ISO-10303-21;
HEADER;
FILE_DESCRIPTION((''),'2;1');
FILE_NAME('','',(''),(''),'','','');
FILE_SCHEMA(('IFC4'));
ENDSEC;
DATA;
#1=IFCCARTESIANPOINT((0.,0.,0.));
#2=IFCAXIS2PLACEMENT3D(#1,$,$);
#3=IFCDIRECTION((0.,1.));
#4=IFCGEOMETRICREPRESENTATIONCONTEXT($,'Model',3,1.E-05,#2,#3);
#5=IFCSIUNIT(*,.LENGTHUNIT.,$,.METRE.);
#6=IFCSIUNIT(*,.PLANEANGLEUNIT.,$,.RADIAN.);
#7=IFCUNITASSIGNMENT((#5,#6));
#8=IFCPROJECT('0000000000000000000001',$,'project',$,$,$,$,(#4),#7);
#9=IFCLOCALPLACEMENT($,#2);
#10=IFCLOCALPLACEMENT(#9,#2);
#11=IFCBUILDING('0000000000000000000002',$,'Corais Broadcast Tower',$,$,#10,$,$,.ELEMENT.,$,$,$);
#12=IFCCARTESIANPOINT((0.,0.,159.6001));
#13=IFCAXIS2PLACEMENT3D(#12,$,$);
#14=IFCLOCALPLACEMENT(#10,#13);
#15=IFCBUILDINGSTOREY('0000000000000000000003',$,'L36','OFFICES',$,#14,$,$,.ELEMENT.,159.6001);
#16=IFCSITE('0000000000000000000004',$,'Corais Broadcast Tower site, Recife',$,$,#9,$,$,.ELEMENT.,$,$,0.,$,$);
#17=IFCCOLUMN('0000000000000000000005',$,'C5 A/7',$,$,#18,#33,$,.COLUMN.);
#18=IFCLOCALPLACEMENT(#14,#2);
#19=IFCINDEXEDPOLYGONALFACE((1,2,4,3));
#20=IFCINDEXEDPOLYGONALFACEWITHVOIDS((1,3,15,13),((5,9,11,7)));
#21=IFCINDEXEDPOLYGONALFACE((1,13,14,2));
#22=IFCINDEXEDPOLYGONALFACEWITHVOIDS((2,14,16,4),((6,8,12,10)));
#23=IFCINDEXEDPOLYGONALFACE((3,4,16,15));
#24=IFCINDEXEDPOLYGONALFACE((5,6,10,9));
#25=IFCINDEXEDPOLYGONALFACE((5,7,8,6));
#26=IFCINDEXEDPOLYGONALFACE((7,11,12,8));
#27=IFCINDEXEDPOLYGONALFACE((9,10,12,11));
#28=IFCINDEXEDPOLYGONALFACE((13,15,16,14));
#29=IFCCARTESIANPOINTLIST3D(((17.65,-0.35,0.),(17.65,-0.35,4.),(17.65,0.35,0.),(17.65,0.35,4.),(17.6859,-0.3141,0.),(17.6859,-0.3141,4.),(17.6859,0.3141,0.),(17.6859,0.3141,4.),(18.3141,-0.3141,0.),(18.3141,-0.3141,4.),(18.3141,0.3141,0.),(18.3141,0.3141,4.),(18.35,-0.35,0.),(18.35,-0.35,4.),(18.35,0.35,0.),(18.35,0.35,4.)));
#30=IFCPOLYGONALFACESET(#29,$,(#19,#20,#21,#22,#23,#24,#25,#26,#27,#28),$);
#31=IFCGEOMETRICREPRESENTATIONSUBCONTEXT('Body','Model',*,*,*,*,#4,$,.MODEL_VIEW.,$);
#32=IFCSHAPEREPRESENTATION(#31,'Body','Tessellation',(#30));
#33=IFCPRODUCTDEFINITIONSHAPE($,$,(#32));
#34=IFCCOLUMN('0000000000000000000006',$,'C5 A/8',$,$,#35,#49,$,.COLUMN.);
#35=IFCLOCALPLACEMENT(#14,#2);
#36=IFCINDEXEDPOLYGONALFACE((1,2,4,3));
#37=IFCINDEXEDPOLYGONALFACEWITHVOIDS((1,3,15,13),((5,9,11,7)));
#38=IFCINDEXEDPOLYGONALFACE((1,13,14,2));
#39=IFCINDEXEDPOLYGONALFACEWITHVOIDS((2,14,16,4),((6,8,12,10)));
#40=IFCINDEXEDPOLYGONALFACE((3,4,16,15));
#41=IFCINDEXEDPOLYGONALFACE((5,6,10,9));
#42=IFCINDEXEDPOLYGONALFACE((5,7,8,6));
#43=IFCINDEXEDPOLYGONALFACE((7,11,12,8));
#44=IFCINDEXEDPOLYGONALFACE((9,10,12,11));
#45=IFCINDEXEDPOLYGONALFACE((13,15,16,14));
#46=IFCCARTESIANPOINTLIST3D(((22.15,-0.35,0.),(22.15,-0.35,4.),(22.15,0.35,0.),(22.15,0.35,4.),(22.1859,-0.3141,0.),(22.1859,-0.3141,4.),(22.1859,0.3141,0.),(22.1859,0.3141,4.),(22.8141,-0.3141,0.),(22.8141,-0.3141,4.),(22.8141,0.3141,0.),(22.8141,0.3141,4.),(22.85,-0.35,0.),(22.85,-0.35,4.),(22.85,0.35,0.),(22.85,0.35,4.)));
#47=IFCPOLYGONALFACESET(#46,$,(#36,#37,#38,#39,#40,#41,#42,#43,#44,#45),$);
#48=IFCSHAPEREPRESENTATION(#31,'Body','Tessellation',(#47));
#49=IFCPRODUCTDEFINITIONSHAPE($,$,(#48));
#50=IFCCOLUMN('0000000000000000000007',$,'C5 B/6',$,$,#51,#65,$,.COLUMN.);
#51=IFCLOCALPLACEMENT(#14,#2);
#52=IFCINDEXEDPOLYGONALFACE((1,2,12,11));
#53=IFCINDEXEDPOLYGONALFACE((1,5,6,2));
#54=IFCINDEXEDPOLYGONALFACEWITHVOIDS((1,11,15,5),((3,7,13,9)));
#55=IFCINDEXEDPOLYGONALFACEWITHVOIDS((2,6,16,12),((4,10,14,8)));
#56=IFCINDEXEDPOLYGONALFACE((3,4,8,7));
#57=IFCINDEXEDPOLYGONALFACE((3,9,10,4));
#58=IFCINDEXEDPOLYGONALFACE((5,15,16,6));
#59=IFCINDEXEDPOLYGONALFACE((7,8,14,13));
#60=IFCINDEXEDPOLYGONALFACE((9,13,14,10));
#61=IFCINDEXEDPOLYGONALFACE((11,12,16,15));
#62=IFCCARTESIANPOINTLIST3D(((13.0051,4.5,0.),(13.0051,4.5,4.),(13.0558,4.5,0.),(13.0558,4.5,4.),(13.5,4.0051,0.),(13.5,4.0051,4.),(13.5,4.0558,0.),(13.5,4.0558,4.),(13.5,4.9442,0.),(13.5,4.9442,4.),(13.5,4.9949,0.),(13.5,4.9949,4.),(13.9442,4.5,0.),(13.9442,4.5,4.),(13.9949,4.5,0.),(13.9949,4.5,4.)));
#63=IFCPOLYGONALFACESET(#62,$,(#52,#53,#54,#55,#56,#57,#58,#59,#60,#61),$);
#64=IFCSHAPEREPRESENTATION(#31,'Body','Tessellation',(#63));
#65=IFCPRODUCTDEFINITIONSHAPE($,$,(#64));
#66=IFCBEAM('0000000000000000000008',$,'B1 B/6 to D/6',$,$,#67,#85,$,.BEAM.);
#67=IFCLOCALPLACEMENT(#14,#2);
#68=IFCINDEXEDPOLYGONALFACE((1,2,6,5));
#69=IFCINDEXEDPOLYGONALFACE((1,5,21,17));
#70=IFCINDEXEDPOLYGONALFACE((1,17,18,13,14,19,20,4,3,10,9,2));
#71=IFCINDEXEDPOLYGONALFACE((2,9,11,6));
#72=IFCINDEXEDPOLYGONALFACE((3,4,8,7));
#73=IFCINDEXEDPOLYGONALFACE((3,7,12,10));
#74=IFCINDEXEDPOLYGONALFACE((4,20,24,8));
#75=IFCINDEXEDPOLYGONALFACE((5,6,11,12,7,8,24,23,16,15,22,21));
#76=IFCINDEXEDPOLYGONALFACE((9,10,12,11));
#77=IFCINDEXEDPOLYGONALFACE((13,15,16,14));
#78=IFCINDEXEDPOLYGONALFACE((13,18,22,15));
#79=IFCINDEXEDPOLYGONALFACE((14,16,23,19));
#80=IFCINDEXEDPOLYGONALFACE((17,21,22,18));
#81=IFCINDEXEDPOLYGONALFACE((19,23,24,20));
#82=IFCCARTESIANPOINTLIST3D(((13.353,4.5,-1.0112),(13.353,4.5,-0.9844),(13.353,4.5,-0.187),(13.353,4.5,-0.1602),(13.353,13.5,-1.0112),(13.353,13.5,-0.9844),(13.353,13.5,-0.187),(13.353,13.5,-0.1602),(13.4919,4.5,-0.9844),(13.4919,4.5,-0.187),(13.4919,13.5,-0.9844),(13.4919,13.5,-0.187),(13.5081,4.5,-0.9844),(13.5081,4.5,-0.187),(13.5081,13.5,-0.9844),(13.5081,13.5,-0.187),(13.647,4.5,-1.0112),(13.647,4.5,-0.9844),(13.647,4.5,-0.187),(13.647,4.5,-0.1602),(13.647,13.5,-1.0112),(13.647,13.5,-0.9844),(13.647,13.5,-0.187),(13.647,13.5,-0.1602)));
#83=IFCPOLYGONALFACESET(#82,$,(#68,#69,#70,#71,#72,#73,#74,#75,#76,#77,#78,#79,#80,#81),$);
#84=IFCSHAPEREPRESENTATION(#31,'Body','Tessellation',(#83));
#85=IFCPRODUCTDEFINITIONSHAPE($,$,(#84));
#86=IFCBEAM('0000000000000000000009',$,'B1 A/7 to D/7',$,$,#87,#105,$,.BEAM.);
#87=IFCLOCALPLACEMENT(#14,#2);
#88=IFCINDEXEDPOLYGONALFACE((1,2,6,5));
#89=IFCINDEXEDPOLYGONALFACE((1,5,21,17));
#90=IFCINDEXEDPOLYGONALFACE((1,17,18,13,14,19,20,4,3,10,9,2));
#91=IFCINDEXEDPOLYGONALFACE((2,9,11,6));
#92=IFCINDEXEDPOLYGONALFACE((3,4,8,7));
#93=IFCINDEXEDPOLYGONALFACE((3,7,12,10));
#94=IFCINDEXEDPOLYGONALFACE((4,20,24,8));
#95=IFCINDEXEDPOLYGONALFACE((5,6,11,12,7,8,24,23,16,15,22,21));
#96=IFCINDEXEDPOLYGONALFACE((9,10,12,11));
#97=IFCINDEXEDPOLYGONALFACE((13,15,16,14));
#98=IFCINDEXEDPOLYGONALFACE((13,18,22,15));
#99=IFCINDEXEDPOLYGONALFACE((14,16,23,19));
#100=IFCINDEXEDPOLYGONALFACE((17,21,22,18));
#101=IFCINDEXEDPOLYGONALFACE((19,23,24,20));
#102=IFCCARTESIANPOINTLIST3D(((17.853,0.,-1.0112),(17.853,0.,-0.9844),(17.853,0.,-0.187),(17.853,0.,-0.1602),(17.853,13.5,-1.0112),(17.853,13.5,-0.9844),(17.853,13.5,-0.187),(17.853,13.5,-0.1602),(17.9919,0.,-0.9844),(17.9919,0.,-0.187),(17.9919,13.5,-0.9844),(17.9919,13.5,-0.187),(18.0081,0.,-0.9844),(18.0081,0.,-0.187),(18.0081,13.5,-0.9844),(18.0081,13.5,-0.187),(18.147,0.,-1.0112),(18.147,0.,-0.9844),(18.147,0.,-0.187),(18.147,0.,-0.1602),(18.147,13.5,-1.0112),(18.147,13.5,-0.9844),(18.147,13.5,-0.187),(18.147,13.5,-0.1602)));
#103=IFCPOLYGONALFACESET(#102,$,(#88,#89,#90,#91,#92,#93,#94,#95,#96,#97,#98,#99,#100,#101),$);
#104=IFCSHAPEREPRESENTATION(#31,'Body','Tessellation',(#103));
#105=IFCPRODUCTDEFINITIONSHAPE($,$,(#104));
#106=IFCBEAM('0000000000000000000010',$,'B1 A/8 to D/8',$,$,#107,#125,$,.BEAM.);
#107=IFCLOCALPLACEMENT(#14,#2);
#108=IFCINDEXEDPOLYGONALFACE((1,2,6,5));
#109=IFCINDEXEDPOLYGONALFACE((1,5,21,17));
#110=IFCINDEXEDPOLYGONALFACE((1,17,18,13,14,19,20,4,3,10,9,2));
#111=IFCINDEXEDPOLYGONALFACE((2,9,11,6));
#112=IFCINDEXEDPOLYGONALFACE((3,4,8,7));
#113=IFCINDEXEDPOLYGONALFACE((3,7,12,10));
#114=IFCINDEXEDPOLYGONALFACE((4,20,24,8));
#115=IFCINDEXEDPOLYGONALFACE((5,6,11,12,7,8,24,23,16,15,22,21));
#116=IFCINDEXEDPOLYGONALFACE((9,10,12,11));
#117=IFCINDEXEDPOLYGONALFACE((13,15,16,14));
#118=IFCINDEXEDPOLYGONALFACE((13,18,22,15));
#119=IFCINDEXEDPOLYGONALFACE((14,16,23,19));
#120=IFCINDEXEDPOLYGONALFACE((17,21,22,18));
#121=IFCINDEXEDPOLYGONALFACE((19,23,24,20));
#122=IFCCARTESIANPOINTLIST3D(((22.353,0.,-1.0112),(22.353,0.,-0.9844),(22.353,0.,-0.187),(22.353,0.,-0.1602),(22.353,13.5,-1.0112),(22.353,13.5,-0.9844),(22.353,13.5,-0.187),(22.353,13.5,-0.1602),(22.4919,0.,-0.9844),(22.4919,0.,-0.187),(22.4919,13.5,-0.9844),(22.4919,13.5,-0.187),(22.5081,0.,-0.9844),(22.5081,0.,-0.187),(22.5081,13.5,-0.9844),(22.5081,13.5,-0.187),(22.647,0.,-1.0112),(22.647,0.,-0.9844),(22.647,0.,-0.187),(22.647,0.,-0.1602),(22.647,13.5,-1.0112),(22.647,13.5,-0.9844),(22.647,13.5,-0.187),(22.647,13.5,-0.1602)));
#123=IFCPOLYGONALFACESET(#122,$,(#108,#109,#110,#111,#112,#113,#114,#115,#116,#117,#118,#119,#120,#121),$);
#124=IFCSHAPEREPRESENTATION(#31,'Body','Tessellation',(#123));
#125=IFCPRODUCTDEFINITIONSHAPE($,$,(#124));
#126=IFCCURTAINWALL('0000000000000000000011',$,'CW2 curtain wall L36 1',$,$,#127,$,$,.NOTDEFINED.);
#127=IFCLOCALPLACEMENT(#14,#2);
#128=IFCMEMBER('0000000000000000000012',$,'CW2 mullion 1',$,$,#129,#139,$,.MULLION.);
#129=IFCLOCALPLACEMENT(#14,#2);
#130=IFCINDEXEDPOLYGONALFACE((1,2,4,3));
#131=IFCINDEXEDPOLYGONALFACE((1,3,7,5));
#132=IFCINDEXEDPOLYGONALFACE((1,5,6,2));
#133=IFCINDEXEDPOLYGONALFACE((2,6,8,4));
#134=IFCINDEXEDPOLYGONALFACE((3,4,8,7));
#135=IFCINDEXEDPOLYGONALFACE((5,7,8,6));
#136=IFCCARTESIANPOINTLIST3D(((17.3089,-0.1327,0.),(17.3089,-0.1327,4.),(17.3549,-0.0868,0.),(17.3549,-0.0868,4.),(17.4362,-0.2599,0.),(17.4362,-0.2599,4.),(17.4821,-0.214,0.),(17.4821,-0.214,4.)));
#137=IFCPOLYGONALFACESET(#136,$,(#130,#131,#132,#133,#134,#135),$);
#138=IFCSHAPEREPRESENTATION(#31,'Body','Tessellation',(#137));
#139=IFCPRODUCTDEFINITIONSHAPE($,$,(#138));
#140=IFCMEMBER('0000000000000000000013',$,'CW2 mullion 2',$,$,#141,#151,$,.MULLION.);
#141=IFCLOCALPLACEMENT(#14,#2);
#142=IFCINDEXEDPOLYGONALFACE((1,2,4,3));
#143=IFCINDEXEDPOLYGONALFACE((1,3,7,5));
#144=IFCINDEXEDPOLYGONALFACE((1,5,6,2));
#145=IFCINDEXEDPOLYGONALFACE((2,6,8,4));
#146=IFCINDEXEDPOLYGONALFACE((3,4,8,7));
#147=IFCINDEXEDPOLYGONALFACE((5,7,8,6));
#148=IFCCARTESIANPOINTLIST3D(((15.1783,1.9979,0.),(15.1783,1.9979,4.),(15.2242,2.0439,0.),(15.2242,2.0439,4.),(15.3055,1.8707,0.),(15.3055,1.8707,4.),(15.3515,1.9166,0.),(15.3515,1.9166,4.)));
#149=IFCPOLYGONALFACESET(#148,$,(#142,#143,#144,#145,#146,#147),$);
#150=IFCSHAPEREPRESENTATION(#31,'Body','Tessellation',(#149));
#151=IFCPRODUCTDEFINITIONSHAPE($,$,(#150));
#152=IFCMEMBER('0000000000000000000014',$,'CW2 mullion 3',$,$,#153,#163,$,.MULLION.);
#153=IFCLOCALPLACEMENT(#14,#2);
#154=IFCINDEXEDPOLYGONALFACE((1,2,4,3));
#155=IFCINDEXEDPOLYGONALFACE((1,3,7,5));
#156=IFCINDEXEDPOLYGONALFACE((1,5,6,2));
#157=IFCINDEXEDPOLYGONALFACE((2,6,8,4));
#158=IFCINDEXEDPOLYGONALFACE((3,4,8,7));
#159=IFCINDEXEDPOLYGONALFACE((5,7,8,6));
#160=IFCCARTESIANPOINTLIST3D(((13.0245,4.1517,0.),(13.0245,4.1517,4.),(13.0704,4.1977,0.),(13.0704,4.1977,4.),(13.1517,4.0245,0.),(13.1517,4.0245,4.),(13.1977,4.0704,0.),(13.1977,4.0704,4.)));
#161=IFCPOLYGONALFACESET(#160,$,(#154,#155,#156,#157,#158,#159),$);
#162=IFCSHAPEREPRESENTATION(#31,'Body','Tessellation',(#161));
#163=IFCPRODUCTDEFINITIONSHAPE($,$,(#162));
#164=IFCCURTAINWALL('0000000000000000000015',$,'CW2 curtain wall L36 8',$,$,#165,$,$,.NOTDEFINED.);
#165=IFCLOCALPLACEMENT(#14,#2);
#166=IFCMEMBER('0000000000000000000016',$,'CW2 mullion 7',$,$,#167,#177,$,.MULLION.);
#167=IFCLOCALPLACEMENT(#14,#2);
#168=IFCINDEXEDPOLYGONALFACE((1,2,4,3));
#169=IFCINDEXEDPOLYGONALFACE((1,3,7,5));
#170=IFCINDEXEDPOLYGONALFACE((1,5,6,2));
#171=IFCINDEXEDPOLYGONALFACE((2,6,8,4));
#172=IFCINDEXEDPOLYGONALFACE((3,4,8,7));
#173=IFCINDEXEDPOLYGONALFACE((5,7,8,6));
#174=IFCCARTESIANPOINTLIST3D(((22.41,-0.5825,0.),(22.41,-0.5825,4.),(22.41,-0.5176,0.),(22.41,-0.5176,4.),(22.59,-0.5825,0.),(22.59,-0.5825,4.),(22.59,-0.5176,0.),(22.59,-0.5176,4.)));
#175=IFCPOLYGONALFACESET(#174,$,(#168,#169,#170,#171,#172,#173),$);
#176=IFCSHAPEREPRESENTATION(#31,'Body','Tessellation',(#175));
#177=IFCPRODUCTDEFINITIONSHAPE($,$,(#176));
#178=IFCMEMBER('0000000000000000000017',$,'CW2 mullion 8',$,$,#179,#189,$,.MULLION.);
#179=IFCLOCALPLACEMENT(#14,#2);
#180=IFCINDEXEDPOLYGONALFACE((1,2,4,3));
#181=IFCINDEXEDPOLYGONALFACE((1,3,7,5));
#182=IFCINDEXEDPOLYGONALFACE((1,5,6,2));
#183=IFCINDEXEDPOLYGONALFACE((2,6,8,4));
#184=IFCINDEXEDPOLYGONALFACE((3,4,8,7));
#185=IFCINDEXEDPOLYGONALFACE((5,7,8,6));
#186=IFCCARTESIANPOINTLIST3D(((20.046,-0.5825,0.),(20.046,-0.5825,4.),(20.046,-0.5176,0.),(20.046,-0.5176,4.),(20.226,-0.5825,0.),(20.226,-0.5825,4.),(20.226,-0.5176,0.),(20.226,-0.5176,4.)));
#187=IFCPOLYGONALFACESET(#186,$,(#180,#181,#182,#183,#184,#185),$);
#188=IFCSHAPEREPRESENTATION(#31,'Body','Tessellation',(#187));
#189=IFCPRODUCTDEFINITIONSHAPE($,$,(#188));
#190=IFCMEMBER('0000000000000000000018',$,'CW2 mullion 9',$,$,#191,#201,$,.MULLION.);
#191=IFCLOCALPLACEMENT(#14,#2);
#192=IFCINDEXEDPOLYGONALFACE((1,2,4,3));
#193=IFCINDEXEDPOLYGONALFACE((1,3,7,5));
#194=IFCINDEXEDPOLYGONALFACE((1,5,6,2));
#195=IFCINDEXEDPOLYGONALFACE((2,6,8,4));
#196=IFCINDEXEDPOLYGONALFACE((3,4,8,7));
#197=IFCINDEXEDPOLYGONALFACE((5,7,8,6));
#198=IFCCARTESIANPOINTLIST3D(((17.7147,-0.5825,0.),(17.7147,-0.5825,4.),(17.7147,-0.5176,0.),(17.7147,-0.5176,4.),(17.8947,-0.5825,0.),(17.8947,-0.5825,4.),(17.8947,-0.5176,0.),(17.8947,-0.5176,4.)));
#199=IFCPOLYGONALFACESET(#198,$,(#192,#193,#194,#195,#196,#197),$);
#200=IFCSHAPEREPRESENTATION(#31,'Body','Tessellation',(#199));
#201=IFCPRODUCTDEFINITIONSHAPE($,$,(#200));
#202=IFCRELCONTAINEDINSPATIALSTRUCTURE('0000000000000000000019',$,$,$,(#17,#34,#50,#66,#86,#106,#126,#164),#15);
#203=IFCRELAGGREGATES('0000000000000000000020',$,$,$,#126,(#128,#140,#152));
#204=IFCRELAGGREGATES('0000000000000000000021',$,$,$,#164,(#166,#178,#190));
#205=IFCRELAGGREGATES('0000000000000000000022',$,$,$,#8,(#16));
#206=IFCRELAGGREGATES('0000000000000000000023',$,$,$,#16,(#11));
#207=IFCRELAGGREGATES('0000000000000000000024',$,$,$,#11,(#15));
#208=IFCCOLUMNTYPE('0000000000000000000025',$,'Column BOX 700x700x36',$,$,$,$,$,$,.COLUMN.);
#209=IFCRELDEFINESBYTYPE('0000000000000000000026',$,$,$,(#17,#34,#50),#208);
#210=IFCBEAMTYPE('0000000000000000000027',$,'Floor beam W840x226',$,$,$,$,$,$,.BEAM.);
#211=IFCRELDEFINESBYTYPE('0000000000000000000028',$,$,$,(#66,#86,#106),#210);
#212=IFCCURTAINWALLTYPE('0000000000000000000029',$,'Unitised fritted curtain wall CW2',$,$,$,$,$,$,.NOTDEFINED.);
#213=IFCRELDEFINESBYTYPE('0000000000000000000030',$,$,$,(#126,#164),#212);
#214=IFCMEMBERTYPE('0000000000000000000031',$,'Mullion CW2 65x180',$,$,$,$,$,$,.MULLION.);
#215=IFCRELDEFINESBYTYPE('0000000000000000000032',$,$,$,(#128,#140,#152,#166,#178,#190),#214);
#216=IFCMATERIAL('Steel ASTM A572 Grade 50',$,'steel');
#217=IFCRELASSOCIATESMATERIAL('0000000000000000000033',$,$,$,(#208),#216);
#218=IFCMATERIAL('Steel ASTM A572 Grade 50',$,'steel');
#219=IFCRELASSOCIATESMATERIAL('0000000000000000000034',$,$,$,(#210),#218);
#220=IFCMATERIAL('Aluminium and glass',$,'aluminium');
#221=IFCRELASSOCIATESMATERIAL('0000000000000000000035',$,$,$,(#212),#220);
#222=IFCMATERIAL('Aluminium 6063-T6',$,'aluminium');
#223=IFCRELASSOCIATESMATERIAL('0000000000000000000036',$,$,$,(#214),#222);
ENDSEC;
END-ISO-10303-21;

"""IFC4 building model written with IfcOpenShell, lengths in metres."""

from ifc_helpers import new_model, si_unit, direction, frame, origin, origin_2d, place, context, subcontext, project, spatial, rectangle, hollow_rectangle, i_section, extrude, material, material_profile, profile_set, type_object, element, aggregate, save


model = new_model("IFC4")

# Units and contexts
model_context = context("Model", 3, precision=1e-05, world=origin(), true_north=direction((0.0, 1.0)))
body_context = subcontext(model_context, "Body", "Model", "MODEL_VIEW")
ifc_project = project(units=[si_unit("LENGTHUNIT", "METRE"), si_unit("PLANEANGLEUNIT", "RADIAN")], contexts=[model_context])

# Site, building, storey
site_placement = place(None, origin())
site = spatial("IfcSite", under=ifc_project, at=site_placement, Name="Corais Broadcast Tower site, Recife", CompositionType="ELEMENT", RefElevation=0.0)
building_placement = place(site_placement, origin())
building = spatial("IfcBuilding", under=site, at=building_placement, Name="Corais Broadcast Tower", CompositionType="ELEMENT")
storey_placement = place(building_placement, frame((0.0, 0.0, 159.6001)))
storey = spatial("IfcBuildingStorey", under=building, at=storey_placement, Name="L36", Description="OFFICES", CompositionType="ELEMENT", Elevation=159.6001)

# Columns
ifc_material_1 = material(Name="Steel ASTM A572 Grade 50", Category="steel")
ifc_material_profile_1 = material_profile(ifc_material_1, hollow_rectangle(XDim=0.7, YDim=0.7, WallThickness=0.0359, at=origin_2d()), Name="BOX 700x700x36")
ifc_profile_set_1 = profile_set([ifc_material_profile_1], Name="Steel ASTM A572 Grade 50")
column_type = type_object("IfcColumnType", Name="Column BOX 700x700x36", PredefinedType="COLUMN", material=ifc_profile_set_1)
for number, where, z_axis, x_axis, name in (
    (1, (18.0, 0.0, 0.0), (0.0, 0.0, 1.0), (1.0, 0.0, 0.0), "C5 A/7"),
    (2, (22.5, 0.0, 0.0), (0.0, 0.0, 1.0), (1.0, 0.0, 0.0), "C5 A/8"),
    (3, (13.5, 4.5, 0.0), (0.0, 0.0, 1.0), (0.707107, 0.707107, 0.0), "C5 B/6"),
):
    element("IfcColumn", number, at=place(storey_placement, frame(where, z_axis=z_axis, x_axis=x_axis)), inside=storey, type_object=column_type, Name=name, PredefinedType="COLUMN", context=body_context, shape_type="SweptSolid", body=[
        extrude(hollow_rectangle(XDim=0.7, YDim=0.7, WallThickness=0.0359, at=origin_2d()), origin(), (0.0, 0.0, 1.0), 4.0),
    ])

# Beams
ifc_material_2 = material(Name="Steel ASTM A572 Grade 50", Category="steel")
ifc_material_profile_2 = material_profile(ifc_material_2, i_section(OverallWidth=0.2939, OverallDepth=0.8511, WebThickness=0.0161, FlangeThickness=0.0269, at=origin_2d()), Name="W840x226")
ifc_profile_set_2 = profile_set([ifc_material_profile_2], Name="Steel ASTM A572 Grade 50")
beam_type_1 = type_object("IfcBeamType", Name="Floor beam W840x226", PredefinedType="BEAM", material=ifc_profile_set_2)
beam_1_placement = place(storey_placement, frame((13.5, 4.5, -0.5857), z_axis=(0.0, 1.0, 0.0), x_axis=(-1.0, 0.0, 0.0)))
element("IfcBeam", 4, at=beam_1_placement, inside=storey, type_object=beam_type_1, Name="B1 B/6 to D/6", PredefinedType="BEAM", context=body_context, shape_type="SweptSolid", body=[
    extrude(i_section(OverallWidth=0.2939, OverallDepth=0.8511, WebThickness=0.0161, FlangeThickness=0.0269, at=origin_2d()), origin(), (0.0, 0.0, 1.0), 9.0),
])
for number, where, z_axis, x_axis, name in (
    (5, (18.0, 0.0, -0.5857), (0.0, 1.0, 0.0), (-1.0, 0.0, 0.0), "B1 A/7 to D/7"),
    (6, (22.5, 0.0, -0.5857), (0.0, 1.0, 0.0), (-1.0, 0.0, 0.0), "B1 A/8 to D/8"),
):
    element("IfcBeam", number, at=place(storey_placement, frame(where, z_axis=z_axis, x_axis=x_axis)), inside=storey, type_object=beam_type_1, Name=name, PredefinedType="BEAM", context=body_context, shape_type="SweptSolid", body=[
        extrude(i_section(OverallWidth=0.2939, OverallDepth=0.8511, WebThickness=0.0161, FlangeThickness=0.0269, at=origin_2d()), origin(), (0.0, 0.0, 1.0), 13.5),
    ])

# Curtain walls, members
ifc_material_3 = material(Name="Aluminium and glass", Category="aluminium")
curtain_wall_type = type_object("IfcCurtainWallType", Name="Unitised fritted curtain wall CW2", PredefinedType="NOTDEFINED", material=ifc_material_3)
curtain_wall_1_placement = place(storey_placement, origin())
curtain_wall_1 = element("IfcCurtainWall", 7, at=curtain_wall_1_placement, inside=storey, type_object=curtain_wall_type, Name="CW2 curtain wall L36 1", PredefinedType="NOTDEFINED")
ifc_material_4 = material(Name="Aluminium 6063-T6", Category="aluminium")
ifc_material_profile_3 = material_profile(ifc_material_4, rectangle(XDim=0.0649, YDim=0.1799, at=origin_2d()), Name="Mullion CW2 65x180")
ifc_profile_set_3 = profile_set([ifc_material_profile_3], Name="Aluminium 6063-T6")
member_type_1 = type_object("IfcMemberType", Name="Mullion CW2 65x180", PredefinedType="MULLION", material=ifc_profile_set_3)
member_1_placement = place(storey_placement, frame((17.3955, -0.1733, 0.0), z_axis=(0.0, 0.0, 1.0), x_axis=(-0.707107, -0.707107, 0.0)))
member_1 = element("IfcMember", 8, at=member_1_placement, type_object=member_type_1, Name="CW2 mullion 1", PredefinedType="MULLION", context=body_context, shape_type="SweptSolid", body=[
    extrude(rectangle(XDim=0.0649, YDim=0.1799, at=origin_2d()), origin(), (0.0, 0.0, 1.0), 4.0),
])
member_2_placement = place(storey_placement, frame((15.2649, 1.9573, 0.0), z_axis=(0.0, 0.0, 1.0), x_axis=(-0.707107, -0.707107, 0.0)))
member_2 = element("IfcMember", 9, at=member_2_placement, type_object=member_type_1, Name="CW2 mullion 2", PredefinedType="MULLION", context=body_context, shape_type="SweptSolid", body=[
    extrude(rectangle(XDim=0.0649, YDim=0.1799, at=origin_2d()), origin(), (0.0, 0.0, 1.0), 4.0),
])
member_3_placement = place(storey_placement, frame((13.1111, 4.1111, 0.0), z_axis=(0.0, 0.0, 1.0), x_axis=(-0.707107, -0.707107, 0.0)))
member_3 = element("IfcMember", 10, at=member_3_placement, type_object=member_type_1, Name="CW2 mullion 3", PredefinedType="MULLION", context=body_context, shape_type="SweptSolid", body=[
    extrude(rectangle(XDim=0.0649, YDim=0.1799, at=origin_2d()), origin(), (0.0, 0.0, 1.0), 4.0),
])
curtain_wall_2_placement = place(storey_placement, origin())
curtain_wall_2 = element("IfcCurtainWall", 11, at=curtain_wall_2_placement, inside=storey, type_object=curtain_wall_type, Name="CW2 curtain wall L36 8", PredefinedType="NOTDEFINED")
member_4_placement = place(storey_placement, frame((22.5, -0.55, 0.0), z_axis=(0.0, 0.0, 1.0), x_axis=(0.0, -1.0, 0.0)))
member_4 = element("IfcMember", 12, at=member_4_placement, type_object=member_type_1, Name="CW2 mullion 7", PredefinedType="MULLION", context=body_context, shape_type="SweptSolid", body=[
    extrude(rectangle(XDim=0.0649, YDim=0.1799, at=origin_2d()), origin(), (0.0, 0.0, 1.0), 4.0),
])
member_5_placement = place(storey_placement, frame((20.136, -0.55, 0.0), z_axis=(0.0, 0.0, 1.0), x_axis=(0.0, -1.0, 0.0)))
member_5 = element("IfcMember", 13, at=member_5_placement, type_object=member_type_1, Name="CW2 mullion 8", PredefinedType="MULLION", context=body_context, shape_type="SweptSolid", body=[
    extrude(rectangle(XDim=0.0649, YDim=0.1799, at=origin_2d()), origin(), (0.0, 0.0, 1.0), 4.0),
])
member_6_placement = place(storey_placement, frame((17.8047, -0.55, 0.0), z_axis=(0.0, 0.0, 1.0), x_axis=(0.0, -1.0, 0.0)))
member_6 = element("IfcMember", 14, at=member_6_placement, type_object=member_type_1, Name="CW2 mullion 9", PredefinedType="MULLION", context=body_context, shape_type="SweptSolid", body=[
    extrude(rectangle(XDim=0.0649, YDim=0.1799, at=origin_2d()), origin(), (0.0, 0.0, 1.0), 4.0),
])

aggregate(curtain_wall_1, [member_1, member_2, member_3])
aggregate(curtain_wall_2, [member_4, member_5, member_6])

save(model, "model.ifc")
